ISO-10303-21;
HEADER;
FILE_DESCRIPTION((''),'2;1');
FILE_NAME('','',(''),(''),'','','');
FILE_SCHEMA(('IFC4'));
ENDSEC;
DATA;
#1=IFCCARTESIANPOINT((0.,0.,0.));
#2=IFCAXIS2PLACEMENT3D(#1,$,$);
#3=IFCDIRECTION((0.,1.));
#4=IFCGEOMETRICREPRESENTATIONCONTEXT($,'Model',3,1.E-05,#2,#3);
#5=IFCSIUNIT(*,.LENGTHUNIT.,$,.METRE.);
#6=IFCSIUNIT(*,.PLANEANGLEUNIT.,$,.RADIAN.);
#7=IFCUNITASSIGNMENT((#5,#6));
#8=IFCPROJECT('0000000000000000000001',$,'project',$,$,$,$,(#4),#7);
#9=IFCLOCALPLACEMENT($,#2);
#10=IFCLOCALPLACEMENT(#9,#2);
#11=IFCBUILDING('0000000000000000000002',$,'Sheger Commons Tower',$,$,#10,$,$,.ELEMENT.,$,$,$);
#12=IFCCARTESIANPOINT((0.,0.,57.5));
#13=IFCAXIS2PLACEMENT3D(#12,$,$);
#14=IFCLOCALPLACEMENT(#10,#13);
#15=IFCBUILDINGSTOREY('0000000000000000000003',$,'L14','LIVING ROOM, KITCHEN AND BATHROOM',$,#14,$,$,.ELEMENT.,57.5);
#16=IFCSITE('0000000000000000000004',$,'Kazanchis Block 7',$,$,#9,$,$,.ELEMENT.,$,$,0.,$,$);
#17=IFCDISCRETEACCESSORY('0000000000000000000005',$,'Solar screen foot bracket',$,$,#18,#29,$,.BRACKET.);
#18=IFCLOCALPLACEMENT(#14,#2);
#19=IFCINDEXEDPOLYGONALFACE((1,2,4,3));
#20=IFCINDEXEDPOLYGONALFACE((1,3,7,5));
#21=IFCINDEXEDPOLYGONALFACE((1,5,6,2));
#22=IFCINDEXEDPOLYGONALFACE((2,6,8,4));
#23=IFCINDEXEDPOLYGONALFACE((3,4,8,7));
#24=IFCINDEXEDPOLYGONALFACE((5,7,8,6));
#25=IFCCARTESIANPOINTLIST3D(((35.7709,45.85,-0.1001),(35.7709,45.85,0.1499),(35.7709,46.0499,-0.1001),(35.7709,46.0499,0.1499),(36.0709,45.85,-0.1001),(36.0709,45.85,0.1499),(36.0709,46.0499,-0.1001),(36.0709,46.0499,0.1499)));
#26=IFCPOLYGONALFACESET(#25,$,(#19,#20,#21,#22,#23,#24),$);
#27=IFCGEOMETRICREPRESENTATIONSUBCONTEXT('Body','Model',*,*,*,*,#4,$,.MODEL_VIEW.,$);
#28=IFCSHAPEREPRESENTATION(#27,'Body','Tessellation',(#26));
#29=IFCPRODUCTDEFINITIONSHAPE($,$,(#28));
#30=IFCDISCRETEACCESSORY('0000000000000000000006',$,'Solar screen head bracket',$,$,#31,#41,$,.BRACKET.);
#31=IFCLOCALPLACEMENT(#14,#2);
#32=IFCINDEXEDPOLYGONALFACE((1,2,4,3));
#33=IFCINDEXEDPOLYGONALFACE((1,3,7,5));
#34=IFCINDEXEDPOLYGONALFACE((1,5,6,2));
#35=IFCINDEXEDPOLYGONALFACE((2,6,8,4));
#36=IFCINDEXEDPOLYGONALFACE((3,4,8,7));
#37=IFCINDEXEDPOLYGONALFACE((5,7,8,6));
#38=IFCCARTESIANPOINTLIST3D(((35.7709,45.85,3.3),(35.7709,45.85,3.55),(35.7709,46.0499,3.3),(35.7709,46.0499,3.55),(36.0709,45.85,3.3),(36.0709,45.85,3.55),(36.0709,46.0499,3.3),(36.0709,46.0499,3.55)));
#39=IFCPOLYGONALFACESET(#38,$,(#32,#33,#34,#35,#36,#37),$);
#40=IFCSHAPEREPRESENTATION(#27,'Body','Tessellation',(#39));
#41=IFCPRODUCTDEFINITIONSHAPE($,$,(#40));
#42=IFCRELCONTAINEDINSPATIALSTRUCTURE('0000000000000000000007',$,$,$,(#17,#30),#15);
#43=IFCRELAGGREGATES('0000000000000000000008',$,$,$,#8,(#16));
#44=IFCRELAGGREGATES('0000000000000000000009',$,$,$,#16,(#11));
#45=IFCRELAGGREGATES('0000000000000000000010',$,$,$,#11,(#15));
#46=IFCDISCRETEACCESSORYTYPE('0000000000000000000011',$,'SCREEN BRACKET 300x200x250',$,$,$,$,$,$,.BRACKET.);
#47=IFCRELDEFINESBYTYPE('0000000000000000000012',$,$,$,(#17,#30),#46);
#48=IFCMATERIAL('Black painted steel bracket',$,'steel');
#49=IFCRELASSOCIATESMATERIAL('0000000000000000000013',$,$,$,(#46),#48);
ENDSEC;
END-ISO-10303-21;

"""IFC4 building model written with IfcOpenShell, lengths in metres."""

from ifc_helpers import new_model, si_unit, direction, frame, origin, origin_2d, place, context, subcontext, project, spatial, rectangle, extrude, material, type_object, element, save


model = new_model("IFC4")

# Units and contexts
model_context = context("Model", 3, precision=1e-05, world=origin(), true_north=direction((0.0, 1.0)))
body_context = subcontext(model_context, "Body", "Model", "MODEL_VIEW")
ifc_project = project(units=[si_unit("LENGTHUNIT", "METRE"), si_unit("PLANEANGLEUNIT", "RADIAN")], contexts=[model_context])

# Site, building, storey
site_placement = place(None, origin())
site = spatial("IfcSite", under=ifc_project, at=site_placement, Name="Kazanchis Block 7", CompositionType="ELEMENT", RefElevation=0.0)
building_placement = place(site_placement, origin())
building = spatial("IfcBuilding", under=site, at=building_placement, Name="Sheger Commons Tower", CompositionType="ELEMENT")
storey_placement = place(building_placement, frame((0.0, 0.0, 57.5)))
storey = spatial("IfcBuildingStorey", under=building, at=storey_placement, Name="L14", Description="LIVING ROOM, KITCHEN AND BATHROOM", CompositionType="ELEMENT", Elevation=57.5)

# Discrete accessories
ifc_material_1 = material(Name="Black painted steel bracket", Category="steel")
discrete_accessory_type = type_object("IfcDiscreteAccessoryType", Name="SCREEN BRACKET 300x200x250", PredefinedType="BRACKET", material=ifc_material_1)
for number, where, z_axis, x_axis, name in (
    (1, (35.9209, 45.95, -0.1001), (0.0, 0.0, 1.0), (-1.0, 0.0, 0.0), "Solar screen foot bracket"),
    (2, (35.9209, 45.95, 3.3), (0.0, 0.0, 1.0), (-1.0, 0.0, 0.0), "Solar screen head bracket"),
):
    element("IfcDiscreteAccessory", number, at=place(storey_placement, frame(where, z_axis=z_axis, x_axis=x_axis)), inside=storey, type_object=discrete_accessory_type, Name=name, PredefinedType="BRACKET", context=body_context, shape_type="SweptSolid", body=[
        extrude(rectangle(XDim=0.3, YDim=0.2, at=origin_2d()), origin(), (0.0, 0.0, 1.0), 0.25),
    ])

save(model, "model.ifc")
